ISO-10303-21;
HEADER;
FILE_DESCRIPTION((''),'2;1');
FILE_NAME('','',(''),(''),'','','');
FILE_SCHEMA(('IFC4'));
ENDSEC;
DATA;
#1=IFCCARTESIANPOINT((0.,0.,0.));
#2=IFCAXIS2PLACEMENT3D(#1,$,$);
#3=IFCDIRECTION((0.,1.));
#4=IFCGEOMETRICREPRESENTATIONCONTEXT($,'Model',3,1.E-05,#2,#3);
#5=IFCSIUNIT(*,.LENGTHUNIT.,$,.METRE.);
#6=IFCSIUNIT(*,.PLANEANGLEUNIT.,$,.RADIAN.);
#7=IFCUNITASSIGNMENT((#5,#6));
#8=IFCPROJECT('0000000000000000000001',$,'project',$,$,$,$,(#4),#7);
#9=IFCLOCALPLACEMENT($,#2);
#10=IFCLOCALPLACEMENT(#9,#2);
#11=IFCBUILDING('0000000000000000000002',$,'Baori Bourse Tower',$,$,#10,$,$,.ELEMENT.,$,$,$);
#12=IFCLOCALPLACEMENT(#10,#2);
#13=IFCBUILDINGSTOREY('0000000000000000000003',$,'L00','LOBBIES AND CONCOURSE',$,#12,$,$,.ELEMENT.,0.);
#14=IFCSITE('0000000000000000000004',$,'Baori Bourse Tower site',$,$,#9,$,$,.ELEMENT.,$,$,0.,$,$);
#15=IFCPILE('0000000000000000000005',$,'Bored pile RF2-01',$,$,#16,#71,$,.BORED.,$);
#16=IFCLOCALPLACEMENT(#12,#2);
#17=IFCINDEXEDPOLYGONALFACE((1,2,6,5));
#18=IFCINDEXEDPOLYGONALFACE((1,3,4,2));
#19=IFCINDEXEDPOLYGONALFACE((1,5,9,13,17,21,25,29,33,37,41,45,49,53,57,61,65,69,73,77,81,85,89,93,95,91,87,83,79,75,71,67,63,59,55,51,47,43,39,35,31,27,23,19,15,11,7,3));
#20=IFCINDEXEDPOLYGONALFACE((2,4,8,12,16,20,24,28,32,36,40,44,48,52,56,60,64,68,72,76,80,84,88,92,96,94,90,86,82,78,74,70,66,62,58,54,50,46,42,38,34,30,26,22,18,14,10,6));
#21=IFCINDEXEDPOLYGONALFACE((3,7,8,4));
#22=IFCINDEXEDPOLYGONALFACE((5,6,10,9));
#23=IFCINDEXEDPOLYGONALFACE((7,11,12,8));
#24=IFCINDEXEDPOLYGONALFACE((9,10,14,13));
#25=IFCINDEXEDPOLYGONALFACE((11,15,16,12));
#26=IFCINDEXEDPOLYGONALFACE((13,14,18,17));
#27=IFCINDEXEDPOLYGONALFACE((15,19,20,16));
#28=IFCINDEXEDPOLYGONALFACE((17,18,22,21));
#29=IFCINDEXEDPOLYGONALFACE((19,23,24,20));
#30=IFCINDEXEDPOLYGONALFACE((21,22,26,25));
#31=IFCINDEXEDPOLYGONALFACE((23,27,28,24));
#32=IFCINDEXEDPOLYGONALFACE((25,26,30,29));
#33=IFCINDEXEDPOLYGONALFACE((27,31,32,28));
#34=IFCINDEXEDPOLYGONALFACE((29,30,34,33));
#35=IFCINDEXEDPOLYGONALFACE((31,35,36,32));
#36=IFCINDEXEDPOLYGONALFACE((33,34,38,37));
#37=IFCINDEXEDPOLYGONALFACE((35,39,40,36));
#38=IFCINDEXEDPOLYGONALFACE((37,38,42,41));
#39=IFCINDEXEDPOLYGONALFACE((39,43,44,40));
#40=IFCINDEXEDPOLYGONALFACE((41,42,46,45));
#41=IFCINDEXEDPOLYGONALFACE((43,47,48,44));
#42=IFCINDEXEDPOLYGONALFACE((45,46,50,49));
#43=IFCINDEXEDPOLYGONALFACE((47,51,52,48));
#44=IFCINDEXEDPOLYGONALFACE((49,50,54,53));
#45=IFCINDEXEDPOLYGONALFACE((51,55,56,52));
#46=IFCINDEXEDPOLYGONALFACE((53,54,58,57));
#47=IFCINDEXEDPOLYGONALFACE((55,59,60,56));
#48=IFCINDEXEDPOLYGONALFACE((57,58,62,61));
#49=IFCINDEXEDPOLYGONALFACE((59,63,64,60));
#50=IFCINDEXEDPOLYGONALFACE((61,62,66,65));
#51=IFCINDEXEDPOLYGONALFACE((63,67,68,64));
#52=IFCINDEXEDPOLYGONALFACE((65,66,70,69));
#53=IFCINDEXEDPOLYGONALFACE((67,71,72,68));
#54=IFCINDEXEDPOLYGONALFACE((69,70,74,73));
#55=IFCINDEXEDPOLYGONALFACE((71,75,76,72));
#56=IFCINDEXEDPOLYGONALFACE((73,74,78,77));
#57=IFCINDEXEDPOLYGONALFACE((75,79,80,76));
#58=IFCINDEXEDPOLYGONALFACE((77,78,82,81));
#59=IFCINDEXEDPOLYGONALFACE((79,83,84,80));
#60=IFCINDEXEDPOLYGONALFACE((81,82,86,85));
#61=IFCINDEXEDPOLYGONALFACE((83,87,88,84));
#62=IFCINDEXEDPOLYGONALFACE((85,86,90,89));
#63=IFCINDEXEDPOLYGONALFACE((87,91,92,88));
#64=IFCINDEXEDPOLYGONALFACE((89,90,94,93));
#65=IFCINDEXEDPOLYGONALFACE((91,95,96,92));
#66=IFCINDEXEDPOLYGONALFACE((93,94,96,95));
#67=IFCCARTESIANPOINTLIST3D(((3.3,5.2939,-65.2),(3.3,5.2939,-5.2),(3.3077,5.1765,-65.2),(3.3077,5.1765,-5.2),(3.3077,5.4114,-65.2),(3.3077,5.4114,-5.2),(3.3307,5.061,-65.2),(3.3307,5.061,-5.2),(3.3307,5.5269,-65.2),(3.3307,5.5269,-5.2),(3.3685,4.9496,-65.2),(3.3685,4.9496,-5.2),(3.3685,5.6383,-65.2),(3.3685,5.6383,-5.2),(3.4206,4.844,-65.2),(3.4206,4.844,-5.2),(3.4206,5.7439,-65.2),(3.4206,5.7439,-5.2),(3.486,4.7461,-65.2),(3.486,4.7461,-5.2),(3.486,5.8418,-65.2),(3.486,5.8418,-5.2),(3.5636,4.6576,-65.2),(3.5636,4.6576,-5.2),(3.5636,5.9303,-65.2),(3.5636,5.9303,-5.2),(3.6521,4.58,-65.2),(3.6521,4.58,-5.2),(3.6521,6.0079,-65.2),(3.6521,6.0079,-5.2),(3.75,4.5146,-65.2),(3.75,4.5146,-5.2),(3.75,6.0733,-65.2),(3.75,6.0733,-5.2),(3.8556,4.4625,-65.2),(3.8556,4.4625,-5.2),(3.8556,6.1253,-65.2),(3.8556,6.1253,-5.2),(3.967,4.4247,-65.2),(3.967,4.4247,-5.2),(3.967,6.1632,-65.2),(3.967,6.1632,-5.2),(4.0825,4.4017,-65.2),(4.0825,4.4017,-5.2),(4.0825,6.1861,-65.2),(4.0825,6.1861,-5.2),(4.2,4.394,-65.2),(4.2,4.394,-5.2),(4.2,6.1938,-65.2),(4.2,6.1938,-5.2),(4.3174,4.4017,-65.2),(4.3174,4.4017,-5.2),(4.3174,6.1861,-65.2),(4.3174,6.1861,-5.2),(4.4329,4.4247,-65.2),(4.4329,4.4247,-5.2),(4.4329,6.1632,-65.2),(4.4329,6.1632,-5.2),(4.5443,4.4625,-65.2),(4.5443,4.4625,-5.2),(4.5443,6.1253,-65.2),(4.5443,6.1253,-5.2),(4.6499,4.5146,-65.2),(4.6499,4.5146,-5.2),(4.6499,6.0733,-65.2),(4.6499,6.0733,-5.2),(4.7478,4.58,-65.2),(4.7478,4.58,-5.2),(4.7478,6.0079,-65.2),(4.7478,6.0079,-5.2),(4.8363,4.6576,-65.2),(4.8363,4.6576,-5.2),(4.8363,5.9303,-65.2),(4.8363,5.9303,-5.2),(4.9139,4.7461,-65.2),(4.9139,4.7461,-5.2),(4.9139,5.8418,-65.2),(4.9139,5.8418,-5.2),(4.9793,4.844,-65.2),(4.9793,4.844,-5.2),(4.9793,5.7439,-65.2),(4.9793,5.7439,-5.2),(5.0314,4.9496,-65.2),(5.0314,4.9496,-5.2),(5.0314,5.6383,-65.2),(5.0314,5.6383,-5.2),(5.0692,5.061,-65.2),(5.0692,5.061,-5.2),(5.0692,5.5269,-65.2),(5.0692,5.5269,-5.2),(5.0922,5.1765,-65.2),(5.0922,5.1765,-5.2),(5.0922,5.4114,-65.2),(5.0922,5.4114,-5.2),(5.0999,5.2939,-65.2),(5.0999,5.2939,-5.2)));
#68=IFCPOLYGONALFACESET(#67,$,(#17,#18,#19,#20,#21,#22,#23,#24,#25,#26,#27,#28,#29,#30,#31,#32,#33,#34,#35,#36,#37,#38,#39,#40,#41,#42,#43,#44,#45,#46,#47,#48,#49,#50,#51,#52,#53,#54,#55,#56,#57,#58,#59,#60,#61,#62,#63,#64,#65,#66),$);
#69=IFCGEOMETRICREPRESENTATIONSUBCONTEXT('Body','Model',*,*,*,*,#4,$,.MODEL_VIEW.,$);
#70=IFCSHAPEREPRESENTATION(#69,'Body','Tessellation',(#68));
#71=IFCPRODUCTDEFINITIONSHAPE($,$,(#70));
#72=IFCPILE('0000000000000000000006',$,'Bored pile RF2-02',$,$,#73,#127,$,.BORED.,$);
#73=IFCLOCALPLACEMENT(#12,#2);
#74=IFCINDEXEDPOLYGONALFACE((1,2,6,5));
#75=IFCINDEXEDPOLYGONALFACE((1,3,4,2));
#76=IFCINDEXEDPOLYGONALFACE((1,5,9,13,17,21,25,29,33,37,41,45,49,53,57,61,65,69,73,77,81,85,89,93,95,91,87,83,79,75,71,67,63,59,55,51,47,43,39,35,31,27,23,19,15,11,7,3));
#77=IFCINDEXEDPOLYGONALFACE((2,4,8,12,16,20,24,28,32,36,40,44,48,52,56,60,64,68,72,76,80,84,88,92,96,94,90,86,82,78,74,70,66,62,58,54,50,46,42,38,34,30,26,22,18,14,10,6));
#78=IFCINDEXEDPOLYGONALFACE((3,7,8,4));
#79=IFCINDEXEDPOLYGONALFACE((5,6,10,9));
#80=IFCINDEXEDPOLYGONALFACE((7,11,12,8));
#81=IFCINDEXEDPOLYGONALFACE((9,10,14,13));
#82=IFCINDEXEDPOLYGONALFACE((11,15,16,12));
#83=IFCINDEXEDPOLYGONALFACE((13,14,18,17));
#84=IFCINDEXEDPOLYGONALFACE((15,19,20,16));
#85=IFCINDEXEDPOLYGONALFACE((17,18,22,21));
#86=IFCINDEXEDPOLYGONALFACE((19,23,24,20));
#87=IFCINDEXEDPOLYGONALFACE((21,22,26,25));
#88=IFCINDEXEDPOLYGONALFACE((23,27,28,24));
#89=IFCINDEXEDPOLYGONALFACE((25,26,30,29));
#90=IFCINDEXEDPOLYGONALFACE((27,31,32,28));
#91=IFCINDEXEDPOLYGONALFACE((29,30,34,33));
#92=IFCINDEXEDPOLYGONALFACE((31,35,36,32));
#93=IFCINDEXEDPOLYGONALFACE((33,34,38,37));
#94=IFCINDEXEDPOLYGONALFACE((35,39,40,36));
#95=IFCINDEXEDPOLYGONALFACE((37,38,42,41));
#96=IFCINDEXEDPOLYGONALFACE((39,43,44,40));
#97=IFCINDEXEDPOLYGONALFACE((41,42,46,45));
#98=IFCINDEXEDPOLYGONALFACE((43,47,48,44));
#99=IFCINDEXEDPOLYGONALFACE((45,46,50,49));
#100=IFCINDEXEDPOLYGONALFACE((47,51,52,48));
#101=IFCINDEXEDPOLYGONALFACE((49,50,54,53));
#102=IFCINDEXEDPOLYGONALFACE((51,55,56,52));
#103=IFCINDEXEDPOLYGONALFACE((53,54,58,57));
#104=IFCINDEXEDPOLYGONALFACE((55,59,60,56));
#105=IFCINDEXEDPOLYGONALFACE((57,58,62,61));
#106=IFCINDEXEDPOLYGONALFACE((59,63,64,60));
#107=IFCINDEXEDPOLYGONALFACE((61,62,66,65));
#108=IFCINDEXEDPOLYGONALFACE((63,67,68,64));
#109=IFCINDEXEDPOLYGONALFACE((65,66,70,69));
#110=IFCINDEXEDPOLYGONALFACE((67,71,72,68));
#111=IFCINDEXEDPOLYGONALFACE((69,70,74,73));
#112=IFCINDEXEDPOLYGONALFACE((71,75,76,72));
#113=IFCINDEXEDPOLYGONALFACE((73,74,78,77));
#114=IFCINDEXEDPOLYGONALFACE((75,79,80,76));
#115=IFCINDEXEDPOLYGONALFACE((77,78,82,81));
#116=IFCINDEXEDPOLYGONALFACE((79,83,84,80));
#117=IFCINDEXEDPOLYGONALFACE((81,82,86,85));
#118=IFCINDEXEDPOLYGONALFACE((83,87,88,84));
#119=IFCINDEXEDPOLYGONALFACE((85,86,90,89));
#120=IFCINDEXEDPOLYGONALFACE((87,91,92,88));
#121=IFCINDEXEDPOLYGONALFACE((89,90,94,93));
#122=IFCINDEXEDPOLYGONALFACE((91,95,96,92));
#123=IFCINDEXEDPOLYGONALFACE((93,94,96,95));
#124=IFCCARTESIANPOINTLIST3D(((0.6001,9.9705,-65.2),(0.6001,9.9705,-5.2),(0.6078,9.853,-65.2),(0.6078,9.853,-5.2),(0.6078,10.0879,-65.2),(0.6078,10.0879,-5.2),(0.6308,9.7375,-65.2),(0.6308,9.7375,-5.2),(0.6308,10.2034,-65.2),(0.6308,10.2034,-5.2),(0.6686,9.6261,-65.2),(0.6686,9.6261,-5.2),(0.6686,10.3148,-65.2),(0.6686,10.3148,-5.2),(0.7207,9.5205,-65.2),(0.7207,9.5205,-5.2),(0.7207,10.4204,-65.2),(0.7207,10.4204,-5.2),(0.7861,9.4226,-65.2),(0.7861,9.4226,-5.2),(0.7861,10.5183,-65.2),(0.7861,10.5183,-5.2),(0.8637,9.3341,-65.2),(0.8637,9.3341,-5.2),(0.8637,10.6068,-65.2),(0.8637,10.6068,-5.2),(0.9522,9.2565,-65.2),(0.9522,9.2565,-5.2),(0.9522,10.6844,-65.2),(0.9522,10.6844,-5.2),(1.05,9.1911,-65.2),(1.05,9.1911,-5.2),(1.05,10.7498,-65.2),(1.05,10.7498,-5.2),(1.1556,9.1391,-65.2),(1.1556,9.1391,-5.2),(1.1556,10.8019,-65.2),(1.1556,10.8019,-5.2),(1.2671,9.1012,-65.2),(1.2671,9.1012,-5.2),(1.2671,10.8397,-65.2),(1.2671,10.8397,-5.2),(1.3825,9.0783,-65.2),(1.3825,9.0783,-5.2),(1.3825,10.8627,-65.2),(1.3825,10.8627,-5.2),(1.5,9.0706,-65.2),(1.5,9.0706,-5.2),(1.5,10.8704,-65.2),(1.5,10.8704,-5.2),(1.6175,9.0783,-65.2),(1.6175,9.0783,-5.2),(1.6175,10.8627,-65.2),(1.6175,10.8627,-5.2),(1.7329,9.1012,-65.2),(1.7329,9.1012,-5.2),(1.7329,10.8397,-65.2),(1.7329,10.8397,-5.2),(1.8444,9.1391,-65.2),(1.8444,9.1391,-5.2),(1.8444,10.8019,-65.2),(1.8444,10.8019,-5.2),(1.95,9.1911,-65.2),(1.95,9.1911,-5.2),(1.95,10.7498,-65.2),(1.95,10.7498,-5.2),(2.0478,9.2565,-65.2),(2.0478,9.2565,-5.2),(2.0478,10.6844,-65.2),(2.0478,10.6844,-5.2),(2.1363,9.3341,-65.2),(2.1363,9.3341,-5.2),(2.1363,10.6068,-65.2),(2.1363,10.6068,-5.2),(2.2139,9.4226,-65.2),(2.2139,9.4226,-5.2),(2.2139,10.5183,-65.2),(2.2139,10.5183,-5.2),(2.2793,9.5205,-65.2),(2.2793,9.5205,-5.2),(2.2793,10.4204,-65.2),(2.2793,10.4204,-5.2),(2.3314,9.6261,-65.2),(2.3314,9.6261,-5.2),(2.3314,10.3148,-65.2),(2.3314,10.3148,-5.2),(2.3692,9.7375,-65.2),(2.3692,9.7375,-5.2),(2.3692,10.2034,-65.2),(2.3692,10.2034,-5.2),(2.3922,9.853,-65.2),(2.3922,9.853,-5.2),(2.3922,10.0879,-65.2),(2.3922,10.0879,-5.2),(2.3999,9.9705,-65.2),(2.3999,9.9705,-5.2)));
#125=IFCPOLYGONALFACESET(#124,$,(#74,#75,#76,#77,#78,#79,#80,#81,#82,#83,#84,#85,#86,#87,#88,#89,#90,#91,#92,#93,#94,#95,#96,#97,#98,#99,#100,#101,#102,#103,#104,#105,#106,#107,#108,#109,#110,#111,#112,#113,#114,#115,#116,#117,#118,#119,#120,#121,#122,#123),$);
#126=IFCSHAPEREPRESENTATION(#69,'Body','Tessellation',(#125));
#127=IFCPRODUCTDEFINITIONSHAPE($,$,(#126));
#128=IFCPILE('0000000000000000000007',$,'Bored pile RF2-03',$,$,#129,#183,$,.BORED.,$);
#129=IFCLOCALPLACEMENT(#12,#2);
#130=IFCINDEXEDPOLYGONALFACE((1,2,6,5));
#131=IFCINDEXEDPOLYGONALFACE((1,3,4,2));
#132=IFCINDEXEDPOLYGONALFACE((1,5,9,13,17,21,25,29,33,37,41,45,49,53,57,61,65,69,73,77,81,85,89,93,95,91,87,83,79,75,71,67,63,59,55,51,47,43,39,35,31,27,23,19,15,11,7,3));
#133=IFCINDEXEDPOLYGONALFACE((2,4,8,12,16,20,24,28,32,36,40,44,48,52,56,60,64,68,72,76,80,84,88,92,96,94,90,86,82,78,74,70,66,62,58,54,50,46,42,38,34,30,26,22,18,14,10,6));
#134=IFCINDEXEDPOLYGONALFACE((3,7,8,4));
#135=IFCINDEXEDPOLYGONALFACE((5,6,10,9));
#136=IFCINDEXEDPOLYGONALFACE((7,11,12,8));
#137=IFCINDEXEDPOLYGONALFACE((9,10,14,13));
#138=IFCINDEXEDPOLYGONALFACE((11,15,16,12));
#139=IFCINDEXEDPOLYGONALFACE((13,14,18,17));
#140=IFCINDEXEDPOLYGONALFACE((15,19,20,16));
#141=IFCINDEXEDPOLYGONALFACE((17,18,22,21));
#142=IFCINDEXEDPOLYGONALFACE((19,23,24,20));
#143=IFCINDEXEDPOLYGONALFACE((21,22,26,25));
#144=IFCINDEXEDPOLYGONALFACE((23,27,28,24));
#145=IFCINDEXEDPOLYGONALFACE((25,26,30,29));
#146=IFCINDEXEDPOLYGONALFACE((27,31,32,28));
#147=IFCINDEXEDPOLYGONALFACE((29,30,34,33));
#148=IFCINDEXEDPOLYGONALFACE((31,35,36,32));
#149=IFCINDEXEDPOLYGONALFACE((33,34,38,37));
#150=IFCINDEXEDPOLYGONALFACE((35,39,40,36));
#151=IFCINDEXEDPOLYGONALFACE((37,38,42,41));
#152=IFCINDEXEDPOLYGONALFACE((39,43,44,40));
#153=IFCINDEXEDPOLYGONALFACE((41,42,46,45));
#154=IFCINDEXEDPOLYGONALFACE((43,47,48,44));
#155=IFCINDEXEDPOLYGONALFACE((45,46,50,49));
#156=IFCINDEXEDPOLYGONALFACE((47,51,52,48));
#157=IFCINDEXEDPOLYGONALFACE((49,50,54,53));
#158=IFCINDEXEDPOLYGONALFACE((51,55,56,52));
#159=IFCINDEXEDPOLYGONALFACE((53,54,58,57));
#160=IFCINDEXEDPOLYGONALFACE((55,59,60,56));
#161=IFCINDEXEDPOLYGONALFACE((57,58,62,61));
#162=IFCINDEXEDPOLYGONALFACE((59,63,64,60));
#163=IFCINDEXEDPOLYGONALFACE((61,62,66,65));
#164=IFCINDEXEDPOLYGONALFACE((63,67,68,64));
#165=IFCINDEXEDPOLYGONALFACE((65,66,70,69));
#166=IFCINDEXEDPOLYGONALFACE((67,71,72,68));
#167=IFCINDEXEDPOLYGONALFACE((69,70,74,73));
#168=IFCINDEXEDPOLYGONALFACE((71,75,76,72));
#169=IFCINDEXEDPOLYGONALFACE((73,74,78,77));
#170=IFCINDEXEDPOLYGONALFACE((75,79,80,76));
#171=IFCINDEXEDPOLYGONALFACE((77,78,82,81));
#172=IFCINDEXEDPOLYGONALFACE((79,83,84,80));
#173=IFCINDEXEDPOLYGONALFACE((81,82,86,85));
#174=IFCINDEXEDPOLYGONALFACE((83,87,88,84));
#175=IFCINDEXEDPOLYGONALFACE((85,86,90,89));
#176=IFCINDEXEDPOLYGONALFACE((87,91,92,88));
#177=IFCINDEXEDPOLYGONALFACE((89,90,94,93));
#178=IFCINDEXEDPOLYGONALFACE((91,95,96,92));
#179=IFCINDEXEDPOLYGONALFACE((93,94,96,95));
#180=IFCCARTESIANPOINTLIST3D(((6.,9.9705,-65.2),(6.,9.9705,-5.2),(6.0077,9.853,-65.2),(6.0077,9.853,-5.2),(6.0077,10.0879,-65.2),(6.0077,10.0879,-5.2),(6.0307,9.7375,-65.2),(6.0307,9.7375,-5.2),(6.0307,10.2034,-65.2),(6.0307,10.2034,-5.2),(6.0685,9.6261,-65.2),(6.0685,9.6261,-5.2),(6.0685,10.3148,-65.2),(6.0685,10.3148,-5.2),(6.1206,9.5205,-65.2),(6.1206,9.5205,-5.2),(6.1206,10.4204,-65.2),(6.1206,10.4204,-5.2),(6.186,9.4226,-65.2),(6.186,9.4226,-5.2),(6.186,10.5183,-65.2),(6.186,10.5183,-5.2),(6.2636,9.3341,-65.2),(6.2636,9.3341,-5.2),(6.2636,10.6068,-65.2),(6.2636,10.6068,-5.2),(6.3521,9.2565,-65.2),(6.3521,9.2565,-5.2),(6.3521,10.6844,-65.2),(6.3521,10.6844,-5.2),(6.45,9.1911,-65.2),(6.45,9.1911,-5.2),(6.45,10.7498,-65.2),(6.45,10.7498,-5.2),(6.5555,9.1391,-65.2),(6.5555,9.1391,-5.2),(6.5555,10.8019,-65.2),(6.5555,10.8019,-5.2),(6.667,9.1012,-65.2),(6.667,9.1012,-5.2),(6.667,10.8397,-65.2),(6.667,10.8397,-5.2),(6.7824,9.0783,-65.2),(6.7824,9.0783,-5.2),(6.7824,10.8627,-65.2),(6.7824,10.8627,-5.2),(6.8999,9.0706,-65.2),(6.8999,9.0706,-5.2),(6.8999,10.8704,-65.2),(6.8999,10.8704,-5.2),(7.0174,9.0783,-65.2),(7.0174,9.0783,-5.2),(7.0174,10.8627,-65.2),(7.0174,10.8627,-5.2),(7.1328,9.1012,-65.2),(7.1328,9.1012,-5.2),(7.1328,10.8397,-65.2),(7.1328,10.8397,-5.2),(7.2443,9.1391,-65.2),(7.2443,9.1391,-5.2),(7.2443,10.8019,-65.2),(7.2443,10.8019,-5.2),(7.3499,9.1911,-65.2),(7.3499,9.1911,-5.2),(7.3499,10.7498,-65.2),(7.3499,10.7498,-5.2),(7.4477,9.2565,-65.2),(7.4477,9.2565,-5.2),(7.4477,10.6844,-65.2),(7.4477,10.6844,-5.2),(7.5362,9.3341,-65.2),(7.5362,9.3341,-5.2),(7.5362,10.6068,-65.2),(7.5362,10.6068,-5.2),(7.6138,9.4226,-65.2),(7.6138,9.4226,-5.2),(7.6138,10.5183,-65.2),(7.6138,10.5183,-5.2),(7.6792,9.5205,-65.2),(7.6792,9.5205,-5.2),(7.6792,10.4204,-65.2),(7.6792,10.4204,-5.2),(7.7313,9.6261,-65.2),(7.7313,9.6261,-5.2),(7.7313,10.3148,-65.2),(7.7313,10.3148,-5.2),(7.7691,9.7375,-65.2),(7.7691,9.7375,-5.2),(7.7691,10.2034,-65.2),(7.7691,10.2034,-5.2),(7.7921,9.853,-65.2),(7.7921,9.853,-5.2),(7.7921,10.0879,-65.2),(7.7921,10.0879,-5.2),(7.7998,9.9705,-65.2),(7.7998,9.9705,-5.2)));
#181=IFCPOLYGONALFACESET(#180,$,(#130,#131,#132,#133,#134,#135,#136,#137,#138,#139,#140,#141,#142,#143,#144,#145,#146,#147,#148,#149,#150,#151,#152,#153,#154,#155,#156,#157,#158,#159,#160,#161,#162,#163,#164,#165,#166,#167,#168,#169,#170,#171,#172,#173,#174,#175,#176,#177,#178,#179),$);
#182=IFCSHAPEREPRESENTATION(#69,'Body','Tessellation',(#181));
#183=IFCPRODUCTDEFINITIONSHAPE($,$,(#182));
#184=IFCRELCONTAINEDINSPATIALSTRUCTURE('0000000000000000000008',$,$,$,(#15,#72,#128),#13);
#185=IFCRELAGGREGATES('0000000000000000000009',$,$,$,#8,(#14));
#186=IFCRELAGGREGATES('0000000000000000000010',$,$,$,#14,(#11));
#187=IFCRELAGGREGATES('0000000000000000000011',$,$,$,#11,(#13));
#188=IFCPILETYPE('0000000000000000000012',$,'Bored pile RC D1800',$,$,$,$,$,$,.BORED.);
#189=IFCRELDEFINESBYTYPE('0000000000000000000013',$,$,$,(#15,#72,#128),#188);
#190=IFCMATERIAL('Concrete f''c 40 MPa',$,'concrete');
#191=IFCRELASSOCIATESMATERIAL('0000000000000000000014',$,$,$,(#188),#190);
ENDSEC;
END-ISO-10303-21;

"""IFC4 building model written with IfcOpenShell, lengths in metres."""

from ifc_helpers import new_model, si_unit, direction, frame, origin, origin_2d, place, context, subcontext, project, spatial, circle, extrude, material, material_profile, profile_set, type_object, element, save


model = new_model("IFC4")

# Units and contexts
model_context = context("Model", 3, precision=1e-05, world=origin(), true_north=direction((0.0, 1.0)))
body_context = subcontext(model_context, "Body", "Model", "MODEL_VIEW")
ifc_project = project(units=[si_unit("LENGTHUNIT", "METRE"), si_unit("PLANEANGLEUNIT", "RADIAN")], contexts=[model_context])

# Site, building, storey
site_placement = place(None, origin())
site = spatial("IfcSite", under=ifc_project, at=site_placement, Name="Baori Bourse Tower site", CompositionType="ELEMENT", RefElevation=0.0)
building_placement = place(site_placement, origin())
building = spatial("IfcBuilding", under=site, at=building_placement, Name="Baori Bourse Tower", CompositionType="ELEMENT")
storey_placement = place(building_placement, origin())
storey = spatial("IfcBuildingStorey", under=building, at=storey_placement, Name="L00", Description="LOBBIES AND CONCOURSE", CompositionType="ELEMENT", Elevation=0.0)

# Piles
ifc_material_1 = material(Name="Concrete f'c 40 MPa", Category="concrete")
ifc_material_profile_1 = material_profile(ifc_material_1, circle(Radius=0.8999, at=origin_2d()), Name="RC D1800")
ifc_profile_set_1 = profile_set([ifc_material_profile_1], Name="Concrete f'c 40 MPa")
pile_type = type_object("IfcPileType", Name="Bored pile RC D1800", PredefinedType="BORED", material=ifc_profile_set_1)
for number, where, z_axis, x_axis, name in (
    (1, (4.2, 5.2939, -5.2), (0.0, 0.0, -1.0), (1.0, 0.0, 0.0), "Bored pile RF2-01"),
    (2, (1.5, 9.9705, -5.2), (0.0, 0.0, -1.0), (1.0, 0.0, 0.0), "Bored pile RF2-02"),
    (3, (6.8999, 9.9705, -5.2), (0.0, 0.0, -1.0), (1.0, 0.0, 0.0), "Bored pile RF2-03"),
):
    element("IfcPile", number, at=place(storey_placement, frame(where, z_axis=z_axis, x_axis=x_axis)), inside=storey, type_object=pile_type, Name=name, PredefinedType="BORED", context=body_context, shape_type="SweptSolid", body=[
        extrude(circle(Radius=0.8999, at=origin_2d()), origin(), (0.0, 0.0, 1.0), 60.0),
    ])

save(model, "model.ifc")
